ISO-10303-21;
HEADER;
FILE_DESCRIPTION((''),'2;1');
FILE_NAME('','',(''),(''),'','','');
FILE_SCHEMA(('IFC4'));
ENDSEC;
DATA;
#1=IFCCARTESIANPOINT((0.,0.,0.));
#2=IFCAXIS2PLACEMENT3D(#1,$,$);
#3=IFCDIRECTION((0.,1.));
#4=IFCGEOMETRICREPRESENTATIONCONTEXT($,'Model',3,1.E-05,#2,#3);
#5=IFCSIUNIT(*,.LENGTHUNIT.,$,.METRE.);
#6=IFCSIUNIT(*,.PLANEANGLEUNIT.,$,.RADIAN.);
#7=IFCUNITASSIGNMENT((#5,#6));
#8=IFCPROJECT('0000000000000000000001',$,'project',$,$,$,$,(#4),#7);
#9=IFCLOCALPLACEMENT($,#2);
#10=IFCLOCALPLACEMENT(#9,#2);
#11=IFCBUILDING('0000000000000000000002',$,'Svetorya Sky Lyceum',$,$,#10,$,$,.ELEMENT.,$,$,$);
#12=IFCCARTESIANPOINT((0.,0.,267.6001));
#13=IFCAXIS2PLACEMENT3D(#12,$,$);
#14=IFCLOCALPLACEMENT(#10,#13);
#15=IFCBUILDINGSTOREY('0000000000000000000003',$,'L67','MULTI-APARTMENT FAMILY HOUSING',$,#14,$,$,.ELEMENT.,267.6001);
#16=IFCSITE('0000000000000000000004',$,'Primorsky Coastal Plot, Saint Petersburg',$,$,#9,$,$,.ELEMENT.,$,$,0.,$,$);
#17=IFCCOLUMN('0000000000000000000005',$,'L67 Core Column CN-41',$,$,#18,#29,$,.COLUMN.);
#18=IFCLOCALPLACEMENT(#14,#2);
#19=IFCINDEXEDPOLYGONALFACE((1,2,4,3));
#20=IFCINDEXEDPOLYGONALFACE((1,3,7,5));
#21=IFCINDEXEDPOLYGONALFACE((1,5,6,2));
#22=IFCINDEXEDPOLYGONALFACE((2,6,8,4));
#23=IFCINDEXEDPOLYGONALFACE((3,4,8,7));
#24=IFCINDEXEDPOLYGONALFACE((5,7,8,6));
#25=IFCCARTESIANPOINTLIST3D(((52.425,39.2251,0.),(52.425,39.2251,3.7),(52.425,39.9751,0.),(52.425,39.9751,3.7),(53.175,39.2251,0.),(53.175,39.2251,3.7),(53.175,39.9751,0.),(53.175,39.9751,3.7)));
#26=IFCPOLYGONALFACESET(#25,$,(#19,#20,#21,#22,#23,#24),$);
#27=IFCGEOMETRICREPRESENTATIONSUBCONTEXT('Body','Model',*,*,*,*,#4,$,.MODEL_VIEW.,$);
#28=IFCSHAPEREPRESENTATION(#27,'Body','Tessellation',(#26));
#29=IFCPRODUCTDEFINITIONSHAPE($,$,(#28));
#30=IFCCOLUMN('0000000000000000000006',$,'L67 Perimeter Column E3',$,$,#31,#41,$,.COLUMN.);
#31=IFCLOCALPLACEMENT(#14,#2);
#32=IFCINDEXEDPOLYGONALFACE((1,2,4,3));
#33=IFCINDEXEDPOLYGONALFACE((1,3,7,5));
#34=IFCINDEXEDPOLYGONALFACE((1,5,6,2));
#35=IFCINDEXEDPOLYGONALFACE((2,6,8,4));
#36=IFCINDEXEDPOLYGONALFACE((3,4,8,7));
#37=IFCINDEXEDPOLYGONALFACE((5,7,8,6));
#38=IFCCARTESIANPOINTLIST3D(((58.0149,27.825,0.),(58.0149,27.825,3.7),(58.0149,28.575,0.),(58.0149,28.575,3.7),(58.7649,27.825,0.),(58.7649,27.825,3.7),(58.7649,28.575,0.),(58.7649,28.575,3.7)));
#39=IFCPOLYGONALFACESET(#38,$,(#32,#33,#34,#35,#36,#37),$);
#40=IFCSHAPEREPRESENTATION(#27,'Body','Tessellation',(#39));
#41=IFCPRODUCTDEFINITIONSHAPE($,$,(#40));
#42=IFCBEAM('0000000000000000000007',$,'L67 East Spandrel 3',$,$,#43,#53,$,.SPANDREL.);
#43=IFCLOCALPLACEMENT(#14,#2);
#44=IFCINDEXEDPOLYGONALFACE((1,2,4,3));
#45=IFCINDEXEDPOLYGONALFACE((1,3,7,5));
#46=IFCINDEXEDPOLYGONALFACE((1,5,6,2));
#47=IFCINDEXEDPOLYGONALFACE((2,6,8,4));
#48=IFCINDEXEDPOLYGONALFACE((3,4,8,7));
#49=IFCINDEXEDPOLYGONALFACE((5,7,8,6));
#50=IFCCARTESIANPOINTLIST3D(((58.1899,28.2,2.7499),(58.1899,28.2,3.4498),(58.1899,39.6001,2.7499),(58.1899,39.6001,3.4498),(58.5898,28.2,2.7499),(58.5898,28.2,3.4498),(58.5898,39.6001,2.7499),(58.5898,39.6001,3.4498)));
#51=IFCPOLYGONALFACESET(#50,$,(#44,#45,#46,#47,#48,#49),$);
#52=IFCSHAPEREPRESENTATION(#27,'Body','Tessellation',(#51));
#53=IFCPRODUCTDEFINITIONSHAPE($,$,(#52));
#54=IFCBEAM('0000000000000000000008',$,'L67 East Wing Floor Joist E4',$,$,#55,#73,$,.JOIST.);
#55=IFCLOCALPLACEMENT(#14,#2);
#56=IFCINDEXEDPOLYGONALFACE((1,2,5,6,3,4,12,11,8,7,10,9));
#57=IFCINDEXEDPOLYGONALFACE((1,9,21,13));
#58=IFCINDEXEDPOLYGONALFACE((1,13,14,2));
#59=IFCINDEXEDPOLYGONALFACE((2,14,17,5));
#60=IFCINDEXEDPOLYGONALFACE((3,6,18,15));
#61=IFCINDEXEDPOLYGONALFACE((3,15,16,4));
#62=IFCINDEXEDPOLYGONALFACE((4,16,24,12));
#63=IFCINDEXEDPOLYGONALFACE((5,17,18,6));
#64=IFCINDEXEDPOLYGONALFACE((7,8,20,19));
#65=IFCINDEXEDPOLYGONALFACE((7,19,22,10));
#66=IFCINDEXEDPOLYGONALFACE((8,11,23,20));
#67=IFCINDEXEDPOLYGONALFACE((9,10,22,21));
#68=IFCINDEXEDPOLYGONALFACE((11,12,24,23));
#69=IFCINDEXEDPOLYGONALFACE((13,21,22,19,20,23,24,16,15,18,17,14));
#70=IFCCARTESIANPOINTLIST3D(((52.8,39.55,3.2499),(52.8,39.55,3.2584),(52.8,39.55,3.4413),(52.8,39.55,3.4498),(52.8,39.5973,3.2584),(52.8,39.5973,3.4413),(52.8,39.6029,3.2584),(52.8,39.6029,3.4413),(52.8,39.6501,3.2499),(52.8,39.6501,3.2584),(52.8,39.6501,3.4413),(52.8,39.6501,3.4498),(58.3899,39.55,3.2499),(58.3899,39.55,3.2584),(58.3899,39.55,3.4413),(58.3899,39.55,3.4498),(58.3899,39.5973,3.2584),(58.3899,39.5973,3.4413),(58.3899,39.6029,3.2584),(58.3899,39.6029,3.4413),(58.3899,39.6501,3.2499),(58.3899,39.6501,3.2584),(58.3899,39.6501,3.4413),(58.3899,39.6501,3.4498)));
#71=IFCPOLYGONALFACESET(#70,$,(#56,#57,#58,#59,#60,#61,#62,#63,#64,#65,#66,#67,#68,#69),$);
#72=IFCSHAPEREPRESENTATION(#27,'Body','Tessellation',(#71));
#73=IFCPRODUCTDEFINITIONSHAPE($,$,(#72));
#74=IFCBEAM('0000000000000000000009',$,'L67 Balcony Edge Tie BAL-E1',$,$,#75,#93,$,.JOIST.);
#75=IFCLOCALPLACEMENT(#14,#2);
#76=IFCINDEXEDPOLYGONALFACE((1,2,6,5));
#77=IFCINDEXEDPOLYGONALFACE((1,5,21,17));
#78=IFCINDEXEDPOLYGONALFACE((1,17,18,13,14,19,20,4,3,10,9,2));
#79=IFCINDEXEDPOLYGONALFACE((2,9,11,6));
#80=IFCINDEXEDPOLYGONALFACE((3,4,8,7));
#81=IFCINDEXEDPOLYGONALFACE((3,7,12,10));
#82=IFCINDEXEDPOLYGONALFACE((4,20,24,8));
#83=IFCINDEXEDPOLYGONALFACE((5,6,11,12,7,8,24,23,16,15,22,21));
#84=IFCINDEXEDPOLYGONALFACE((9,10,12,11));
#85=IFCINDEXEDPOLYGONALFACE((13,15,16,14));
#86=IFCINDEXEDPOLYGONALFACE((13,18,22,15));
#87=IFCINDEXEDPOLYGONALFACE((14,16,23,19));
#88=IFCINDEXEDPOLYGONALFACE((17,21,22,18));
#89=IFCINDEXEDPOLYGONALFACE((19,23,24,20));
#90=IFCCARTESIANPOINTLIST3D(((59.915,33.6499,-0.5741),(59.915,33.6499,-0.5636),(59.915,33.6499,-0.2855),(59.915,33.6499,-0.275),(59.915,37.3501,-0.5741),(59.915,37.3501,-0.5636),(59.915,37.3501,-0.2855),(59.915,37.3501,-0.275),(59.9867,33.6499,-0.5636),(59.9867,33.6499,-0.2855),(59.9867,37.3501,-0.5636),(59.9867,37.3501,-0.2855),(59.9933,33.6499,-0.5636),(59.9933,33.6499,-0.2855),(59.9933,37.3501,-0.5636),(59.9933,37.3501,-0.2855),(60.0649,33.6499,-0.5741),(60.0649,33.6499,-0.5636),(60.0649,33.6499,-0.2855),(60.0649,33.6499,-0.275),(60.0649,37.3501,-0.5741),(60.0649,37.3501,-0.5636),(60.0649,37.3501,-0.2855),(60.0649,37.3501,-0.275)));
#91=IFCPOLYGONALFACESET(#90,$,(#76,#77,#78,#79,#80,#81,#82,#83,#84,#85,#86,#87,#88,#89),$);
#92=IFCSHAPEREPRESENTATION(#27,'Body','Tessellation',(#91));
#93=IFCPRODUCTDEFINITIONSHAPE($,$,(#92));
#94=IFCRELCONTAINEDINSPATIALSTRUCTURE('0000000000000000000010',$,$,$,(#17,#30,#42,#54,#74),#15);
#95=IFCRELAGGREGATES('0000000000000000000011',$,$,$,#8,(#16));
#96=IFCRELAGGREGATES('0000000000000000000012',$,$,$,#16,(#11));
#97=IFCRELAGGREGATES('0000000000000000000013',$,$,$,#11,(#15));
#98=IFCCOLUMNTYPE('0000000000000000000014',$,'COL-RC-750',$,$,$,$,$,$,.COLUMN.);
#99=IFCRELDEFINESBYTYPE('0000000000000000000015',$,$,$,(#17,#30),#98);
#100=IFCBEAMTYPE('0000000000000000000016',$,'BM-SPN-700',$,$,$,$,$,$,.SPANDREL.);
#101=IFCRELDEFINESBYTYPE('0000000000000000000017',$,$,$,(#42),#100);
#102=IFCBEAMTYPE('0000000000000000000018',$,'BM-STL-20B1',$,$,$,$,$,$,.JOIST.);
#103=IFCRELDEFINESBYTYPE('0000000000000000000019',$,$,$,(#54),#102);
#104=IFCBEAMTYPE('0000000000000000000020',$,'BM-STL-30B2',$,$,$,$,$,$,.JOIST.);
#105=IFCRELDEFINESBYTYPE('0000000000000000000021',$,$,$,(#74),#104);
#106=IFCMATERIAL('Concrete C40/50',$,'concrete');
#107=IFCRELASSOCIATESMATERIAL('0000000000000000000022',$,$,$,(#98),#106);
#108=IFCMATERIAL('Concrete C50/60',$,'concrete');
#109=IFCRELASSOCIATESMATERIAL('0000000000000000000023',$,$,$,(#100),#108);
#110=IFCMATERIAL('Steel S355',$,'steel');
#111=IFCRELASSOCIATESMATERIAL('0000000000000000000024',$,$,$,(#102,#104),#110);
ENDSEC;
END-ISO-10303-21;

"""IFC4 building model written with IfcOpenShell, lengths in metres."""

from ifc_helpers import new_model, si_unit, direction, frame, origin, origin_2d, place, context, subcontext, project, spatial, rectangle, i_section, extrude, material, material_profile, profile_set, type_object, element, save


model = new_model("IFC4")

# Units and contexts
model_context = context("Model", 3, precision=1e-05, world=origin(), true_north=direction((0.0, 1.0)))
body_context = subcontext(model_context, "Body", "Model", "MODEL_VIEW")
ifc_project = project(units=[si_unit("LENGTHUNIT", "METRE"), si_unit("PLANEANGLEUNIT", "RADIAN")], contexts=[model_context])

# Site, building, storey
site_placement = place(None, origin())
site = spatial("IfcSite", under=ifc_project, at=site_placement, Name="Primorsky Coastal Plot, Saint Petersburg", CompositionType="ELEMENT", RefElevation=0.0)
building_placement = place(site_placement, origin())
building = spatial("IfcBuilding", under=site, at=building_placement, Name="Svetorya Sky Lyceum", CompositionType="ELEMENT")
storey_placement = place(building_placement, frame((0.0, 0.0, 267.6001)))
storey = spatial("IfcBuildingStorey", under=building, at=storey_placement, Name="L67", Description="MULTI-APARTMENT FAMILY HOUSING", CompositionType="ELEMENT", Elevation=267.6001)

# Columns
ifc_material_1 = material(Name="Concrete C40/50", Category="concrete")
ifc_material_profile_1 = material_profile(ifc_material_1, rectangle(XDim=0.75, YDim=0.75, at=origin_2d()), Name="RC COL 750x750")
ifc_profile_set_1 = profile_set([ifc_material_profile_1], Name="Concrete C40/50")
column_type = type_object("IfcColumnType", Name="COL-RC-750", PredefinedType="COLUMN", material=ifc_profile_set_1)
for number, where, z_axis, x_axis, name in (
    (1, (52.8, 39.6001, 0.0), (0.0, 0.0, 1.0), (1.0, 0.0, 0.0), "L67 Core Column CN-41"),
    (2, (58.3899, 28.2, 0.0), (0.0, 0.0, 1.0), (1.0, 0.0, 0.0), "L67 Perimeter Column E3"),
):
    element("IfcColumn", number, at=place(storey_placement, frame(where, z_axis=z_axis, x_axis=x_axis)), inside=storey, type_object=column_type, Name=name, PredefinedType="COLUMN", context=body_context, shape_type="SweptSolid", body=[
        extrude(rectangle(XDim=0.75, YDim=0.75, at=origin_2d()), origin(), (0.0, 0.0, 1.0), 3.7),
    ])

# Beams
ifc_material_2 = material(Name="Concrete C50/60", Category="concrete")
ifc_material_profile_2 = material_profile(ifc_material_2, rectangle(XDim=0.3999, YDim=0.7, at=origin_2d()), Name="RC SPANDREL 400x700")
ifc_profile_set_2 = profile_set([ifc_material_profile_2], Name="Concrete C50/60")
beam_type_1 = type_object("IfcBeamType", Name="BM-SPN-700", PredefinedType="SPANDREL", material=ifc_profile_set_2)
beam_1_placement = place(storey_placement, frame((58.3899, 28.2, 3.0999), z_axis=(0.0, 1.0, 0.0), x_axis=(-1.0, 0.0, 0.0)))
element("IfcBeam", 3, at=beam_1_placement, inside=storey, type_object=beam_type_1, Name="L67 East Spandrel 3", PredefinedType="SPANDREL", context=body_context, shape_type="SweptSolid", body=[
    extrude(rectangle(XDim=0.3999, YDim=0.7, at=origin_2d()), origin(), (0.0, 0.0, 1.0), 11.4001),
])
ifc_material_3 = material(Name="Steel S355", Category="steel")
ifc_material_profile_3 = material_profile(ifc_material_3, i_section(OverallWidth=0.1001, OverallDepth=0.2, WebThickness=0.0056, FlangeThickness=0.0085, at=origin_2d()), Name="GOST 20B1")
ifc_profile_set_3 = profile_set([ifc_material_profile_3], Name="Steel S355")
beam_type_2 = type_object("IfcBeamType", Name="BM-STL-20B1", PredefinedType="JOIST", material=ifc_profile_set_3)
beam_2_placement = place(storey_placement, frame((52.8, 39.6001, 3.3499), z_axis=(1.0, 0.0, 0.0), x_axis=(0.0, 1.0, 0.0)))
element("IfcBeam", 4, at=beam_2_placement, inside=storey, type_object=beam_type_2, Name="L67 East Wing Floor Joist E4", PredefinedType="JOIST", context=body_context, shape_type="SweptSolid", body=[
    extrude(i_section(OverallWidth=0.1001, OverallDepth=0.2, WebThickness=0.0056, FlangeThickness=0.0085, at=origin_2d()), origin(), (0.0, 0.0, 1.0), 5.5898),
])
ifc_material_profile_4 = material_profile(ifc_material_3, i_section(OverallWidth=0.1499, OverallDepth=0.2991, WebThickness=0.0066, FlangeThickness=0.0105, at=origin_2d()), Name="GOST 30B2")
ifc_profile_set_4 = profile_set([ifc_material_profile_4], Name="Steel S355")
beam_type_3 = type_object("IfcBeamType", Name="BM-STL-30B2", PredefinedType="JOIST", material=ifc_profile_set_4)
beam_3_placement = place(storey_placement, frame((59.99, 33.6499, -0.4246), z_axis=(0.0, 1.0, 0.0), x_axis=(-1.0, 0.0, 0.0)))
element("IfcBeam", 5, at=beam_3_placement, inside=storey, type_object=beam_type_3, Name="L67 Balcony Edge Tie BAL-E1", PredefinedType="JOIST", context=body_context, shape_type="SweptSolid", body=[
    extrude(i_section(OverallWidth=0.1499, OverallDepth=0.2991, WebThickness=0.0066, FlangeThickness=0.0105, at=origin_2d()), origin(), (0.0, 0.0, 1.0), 3.7002),
])

save(model, "model.ifc")
